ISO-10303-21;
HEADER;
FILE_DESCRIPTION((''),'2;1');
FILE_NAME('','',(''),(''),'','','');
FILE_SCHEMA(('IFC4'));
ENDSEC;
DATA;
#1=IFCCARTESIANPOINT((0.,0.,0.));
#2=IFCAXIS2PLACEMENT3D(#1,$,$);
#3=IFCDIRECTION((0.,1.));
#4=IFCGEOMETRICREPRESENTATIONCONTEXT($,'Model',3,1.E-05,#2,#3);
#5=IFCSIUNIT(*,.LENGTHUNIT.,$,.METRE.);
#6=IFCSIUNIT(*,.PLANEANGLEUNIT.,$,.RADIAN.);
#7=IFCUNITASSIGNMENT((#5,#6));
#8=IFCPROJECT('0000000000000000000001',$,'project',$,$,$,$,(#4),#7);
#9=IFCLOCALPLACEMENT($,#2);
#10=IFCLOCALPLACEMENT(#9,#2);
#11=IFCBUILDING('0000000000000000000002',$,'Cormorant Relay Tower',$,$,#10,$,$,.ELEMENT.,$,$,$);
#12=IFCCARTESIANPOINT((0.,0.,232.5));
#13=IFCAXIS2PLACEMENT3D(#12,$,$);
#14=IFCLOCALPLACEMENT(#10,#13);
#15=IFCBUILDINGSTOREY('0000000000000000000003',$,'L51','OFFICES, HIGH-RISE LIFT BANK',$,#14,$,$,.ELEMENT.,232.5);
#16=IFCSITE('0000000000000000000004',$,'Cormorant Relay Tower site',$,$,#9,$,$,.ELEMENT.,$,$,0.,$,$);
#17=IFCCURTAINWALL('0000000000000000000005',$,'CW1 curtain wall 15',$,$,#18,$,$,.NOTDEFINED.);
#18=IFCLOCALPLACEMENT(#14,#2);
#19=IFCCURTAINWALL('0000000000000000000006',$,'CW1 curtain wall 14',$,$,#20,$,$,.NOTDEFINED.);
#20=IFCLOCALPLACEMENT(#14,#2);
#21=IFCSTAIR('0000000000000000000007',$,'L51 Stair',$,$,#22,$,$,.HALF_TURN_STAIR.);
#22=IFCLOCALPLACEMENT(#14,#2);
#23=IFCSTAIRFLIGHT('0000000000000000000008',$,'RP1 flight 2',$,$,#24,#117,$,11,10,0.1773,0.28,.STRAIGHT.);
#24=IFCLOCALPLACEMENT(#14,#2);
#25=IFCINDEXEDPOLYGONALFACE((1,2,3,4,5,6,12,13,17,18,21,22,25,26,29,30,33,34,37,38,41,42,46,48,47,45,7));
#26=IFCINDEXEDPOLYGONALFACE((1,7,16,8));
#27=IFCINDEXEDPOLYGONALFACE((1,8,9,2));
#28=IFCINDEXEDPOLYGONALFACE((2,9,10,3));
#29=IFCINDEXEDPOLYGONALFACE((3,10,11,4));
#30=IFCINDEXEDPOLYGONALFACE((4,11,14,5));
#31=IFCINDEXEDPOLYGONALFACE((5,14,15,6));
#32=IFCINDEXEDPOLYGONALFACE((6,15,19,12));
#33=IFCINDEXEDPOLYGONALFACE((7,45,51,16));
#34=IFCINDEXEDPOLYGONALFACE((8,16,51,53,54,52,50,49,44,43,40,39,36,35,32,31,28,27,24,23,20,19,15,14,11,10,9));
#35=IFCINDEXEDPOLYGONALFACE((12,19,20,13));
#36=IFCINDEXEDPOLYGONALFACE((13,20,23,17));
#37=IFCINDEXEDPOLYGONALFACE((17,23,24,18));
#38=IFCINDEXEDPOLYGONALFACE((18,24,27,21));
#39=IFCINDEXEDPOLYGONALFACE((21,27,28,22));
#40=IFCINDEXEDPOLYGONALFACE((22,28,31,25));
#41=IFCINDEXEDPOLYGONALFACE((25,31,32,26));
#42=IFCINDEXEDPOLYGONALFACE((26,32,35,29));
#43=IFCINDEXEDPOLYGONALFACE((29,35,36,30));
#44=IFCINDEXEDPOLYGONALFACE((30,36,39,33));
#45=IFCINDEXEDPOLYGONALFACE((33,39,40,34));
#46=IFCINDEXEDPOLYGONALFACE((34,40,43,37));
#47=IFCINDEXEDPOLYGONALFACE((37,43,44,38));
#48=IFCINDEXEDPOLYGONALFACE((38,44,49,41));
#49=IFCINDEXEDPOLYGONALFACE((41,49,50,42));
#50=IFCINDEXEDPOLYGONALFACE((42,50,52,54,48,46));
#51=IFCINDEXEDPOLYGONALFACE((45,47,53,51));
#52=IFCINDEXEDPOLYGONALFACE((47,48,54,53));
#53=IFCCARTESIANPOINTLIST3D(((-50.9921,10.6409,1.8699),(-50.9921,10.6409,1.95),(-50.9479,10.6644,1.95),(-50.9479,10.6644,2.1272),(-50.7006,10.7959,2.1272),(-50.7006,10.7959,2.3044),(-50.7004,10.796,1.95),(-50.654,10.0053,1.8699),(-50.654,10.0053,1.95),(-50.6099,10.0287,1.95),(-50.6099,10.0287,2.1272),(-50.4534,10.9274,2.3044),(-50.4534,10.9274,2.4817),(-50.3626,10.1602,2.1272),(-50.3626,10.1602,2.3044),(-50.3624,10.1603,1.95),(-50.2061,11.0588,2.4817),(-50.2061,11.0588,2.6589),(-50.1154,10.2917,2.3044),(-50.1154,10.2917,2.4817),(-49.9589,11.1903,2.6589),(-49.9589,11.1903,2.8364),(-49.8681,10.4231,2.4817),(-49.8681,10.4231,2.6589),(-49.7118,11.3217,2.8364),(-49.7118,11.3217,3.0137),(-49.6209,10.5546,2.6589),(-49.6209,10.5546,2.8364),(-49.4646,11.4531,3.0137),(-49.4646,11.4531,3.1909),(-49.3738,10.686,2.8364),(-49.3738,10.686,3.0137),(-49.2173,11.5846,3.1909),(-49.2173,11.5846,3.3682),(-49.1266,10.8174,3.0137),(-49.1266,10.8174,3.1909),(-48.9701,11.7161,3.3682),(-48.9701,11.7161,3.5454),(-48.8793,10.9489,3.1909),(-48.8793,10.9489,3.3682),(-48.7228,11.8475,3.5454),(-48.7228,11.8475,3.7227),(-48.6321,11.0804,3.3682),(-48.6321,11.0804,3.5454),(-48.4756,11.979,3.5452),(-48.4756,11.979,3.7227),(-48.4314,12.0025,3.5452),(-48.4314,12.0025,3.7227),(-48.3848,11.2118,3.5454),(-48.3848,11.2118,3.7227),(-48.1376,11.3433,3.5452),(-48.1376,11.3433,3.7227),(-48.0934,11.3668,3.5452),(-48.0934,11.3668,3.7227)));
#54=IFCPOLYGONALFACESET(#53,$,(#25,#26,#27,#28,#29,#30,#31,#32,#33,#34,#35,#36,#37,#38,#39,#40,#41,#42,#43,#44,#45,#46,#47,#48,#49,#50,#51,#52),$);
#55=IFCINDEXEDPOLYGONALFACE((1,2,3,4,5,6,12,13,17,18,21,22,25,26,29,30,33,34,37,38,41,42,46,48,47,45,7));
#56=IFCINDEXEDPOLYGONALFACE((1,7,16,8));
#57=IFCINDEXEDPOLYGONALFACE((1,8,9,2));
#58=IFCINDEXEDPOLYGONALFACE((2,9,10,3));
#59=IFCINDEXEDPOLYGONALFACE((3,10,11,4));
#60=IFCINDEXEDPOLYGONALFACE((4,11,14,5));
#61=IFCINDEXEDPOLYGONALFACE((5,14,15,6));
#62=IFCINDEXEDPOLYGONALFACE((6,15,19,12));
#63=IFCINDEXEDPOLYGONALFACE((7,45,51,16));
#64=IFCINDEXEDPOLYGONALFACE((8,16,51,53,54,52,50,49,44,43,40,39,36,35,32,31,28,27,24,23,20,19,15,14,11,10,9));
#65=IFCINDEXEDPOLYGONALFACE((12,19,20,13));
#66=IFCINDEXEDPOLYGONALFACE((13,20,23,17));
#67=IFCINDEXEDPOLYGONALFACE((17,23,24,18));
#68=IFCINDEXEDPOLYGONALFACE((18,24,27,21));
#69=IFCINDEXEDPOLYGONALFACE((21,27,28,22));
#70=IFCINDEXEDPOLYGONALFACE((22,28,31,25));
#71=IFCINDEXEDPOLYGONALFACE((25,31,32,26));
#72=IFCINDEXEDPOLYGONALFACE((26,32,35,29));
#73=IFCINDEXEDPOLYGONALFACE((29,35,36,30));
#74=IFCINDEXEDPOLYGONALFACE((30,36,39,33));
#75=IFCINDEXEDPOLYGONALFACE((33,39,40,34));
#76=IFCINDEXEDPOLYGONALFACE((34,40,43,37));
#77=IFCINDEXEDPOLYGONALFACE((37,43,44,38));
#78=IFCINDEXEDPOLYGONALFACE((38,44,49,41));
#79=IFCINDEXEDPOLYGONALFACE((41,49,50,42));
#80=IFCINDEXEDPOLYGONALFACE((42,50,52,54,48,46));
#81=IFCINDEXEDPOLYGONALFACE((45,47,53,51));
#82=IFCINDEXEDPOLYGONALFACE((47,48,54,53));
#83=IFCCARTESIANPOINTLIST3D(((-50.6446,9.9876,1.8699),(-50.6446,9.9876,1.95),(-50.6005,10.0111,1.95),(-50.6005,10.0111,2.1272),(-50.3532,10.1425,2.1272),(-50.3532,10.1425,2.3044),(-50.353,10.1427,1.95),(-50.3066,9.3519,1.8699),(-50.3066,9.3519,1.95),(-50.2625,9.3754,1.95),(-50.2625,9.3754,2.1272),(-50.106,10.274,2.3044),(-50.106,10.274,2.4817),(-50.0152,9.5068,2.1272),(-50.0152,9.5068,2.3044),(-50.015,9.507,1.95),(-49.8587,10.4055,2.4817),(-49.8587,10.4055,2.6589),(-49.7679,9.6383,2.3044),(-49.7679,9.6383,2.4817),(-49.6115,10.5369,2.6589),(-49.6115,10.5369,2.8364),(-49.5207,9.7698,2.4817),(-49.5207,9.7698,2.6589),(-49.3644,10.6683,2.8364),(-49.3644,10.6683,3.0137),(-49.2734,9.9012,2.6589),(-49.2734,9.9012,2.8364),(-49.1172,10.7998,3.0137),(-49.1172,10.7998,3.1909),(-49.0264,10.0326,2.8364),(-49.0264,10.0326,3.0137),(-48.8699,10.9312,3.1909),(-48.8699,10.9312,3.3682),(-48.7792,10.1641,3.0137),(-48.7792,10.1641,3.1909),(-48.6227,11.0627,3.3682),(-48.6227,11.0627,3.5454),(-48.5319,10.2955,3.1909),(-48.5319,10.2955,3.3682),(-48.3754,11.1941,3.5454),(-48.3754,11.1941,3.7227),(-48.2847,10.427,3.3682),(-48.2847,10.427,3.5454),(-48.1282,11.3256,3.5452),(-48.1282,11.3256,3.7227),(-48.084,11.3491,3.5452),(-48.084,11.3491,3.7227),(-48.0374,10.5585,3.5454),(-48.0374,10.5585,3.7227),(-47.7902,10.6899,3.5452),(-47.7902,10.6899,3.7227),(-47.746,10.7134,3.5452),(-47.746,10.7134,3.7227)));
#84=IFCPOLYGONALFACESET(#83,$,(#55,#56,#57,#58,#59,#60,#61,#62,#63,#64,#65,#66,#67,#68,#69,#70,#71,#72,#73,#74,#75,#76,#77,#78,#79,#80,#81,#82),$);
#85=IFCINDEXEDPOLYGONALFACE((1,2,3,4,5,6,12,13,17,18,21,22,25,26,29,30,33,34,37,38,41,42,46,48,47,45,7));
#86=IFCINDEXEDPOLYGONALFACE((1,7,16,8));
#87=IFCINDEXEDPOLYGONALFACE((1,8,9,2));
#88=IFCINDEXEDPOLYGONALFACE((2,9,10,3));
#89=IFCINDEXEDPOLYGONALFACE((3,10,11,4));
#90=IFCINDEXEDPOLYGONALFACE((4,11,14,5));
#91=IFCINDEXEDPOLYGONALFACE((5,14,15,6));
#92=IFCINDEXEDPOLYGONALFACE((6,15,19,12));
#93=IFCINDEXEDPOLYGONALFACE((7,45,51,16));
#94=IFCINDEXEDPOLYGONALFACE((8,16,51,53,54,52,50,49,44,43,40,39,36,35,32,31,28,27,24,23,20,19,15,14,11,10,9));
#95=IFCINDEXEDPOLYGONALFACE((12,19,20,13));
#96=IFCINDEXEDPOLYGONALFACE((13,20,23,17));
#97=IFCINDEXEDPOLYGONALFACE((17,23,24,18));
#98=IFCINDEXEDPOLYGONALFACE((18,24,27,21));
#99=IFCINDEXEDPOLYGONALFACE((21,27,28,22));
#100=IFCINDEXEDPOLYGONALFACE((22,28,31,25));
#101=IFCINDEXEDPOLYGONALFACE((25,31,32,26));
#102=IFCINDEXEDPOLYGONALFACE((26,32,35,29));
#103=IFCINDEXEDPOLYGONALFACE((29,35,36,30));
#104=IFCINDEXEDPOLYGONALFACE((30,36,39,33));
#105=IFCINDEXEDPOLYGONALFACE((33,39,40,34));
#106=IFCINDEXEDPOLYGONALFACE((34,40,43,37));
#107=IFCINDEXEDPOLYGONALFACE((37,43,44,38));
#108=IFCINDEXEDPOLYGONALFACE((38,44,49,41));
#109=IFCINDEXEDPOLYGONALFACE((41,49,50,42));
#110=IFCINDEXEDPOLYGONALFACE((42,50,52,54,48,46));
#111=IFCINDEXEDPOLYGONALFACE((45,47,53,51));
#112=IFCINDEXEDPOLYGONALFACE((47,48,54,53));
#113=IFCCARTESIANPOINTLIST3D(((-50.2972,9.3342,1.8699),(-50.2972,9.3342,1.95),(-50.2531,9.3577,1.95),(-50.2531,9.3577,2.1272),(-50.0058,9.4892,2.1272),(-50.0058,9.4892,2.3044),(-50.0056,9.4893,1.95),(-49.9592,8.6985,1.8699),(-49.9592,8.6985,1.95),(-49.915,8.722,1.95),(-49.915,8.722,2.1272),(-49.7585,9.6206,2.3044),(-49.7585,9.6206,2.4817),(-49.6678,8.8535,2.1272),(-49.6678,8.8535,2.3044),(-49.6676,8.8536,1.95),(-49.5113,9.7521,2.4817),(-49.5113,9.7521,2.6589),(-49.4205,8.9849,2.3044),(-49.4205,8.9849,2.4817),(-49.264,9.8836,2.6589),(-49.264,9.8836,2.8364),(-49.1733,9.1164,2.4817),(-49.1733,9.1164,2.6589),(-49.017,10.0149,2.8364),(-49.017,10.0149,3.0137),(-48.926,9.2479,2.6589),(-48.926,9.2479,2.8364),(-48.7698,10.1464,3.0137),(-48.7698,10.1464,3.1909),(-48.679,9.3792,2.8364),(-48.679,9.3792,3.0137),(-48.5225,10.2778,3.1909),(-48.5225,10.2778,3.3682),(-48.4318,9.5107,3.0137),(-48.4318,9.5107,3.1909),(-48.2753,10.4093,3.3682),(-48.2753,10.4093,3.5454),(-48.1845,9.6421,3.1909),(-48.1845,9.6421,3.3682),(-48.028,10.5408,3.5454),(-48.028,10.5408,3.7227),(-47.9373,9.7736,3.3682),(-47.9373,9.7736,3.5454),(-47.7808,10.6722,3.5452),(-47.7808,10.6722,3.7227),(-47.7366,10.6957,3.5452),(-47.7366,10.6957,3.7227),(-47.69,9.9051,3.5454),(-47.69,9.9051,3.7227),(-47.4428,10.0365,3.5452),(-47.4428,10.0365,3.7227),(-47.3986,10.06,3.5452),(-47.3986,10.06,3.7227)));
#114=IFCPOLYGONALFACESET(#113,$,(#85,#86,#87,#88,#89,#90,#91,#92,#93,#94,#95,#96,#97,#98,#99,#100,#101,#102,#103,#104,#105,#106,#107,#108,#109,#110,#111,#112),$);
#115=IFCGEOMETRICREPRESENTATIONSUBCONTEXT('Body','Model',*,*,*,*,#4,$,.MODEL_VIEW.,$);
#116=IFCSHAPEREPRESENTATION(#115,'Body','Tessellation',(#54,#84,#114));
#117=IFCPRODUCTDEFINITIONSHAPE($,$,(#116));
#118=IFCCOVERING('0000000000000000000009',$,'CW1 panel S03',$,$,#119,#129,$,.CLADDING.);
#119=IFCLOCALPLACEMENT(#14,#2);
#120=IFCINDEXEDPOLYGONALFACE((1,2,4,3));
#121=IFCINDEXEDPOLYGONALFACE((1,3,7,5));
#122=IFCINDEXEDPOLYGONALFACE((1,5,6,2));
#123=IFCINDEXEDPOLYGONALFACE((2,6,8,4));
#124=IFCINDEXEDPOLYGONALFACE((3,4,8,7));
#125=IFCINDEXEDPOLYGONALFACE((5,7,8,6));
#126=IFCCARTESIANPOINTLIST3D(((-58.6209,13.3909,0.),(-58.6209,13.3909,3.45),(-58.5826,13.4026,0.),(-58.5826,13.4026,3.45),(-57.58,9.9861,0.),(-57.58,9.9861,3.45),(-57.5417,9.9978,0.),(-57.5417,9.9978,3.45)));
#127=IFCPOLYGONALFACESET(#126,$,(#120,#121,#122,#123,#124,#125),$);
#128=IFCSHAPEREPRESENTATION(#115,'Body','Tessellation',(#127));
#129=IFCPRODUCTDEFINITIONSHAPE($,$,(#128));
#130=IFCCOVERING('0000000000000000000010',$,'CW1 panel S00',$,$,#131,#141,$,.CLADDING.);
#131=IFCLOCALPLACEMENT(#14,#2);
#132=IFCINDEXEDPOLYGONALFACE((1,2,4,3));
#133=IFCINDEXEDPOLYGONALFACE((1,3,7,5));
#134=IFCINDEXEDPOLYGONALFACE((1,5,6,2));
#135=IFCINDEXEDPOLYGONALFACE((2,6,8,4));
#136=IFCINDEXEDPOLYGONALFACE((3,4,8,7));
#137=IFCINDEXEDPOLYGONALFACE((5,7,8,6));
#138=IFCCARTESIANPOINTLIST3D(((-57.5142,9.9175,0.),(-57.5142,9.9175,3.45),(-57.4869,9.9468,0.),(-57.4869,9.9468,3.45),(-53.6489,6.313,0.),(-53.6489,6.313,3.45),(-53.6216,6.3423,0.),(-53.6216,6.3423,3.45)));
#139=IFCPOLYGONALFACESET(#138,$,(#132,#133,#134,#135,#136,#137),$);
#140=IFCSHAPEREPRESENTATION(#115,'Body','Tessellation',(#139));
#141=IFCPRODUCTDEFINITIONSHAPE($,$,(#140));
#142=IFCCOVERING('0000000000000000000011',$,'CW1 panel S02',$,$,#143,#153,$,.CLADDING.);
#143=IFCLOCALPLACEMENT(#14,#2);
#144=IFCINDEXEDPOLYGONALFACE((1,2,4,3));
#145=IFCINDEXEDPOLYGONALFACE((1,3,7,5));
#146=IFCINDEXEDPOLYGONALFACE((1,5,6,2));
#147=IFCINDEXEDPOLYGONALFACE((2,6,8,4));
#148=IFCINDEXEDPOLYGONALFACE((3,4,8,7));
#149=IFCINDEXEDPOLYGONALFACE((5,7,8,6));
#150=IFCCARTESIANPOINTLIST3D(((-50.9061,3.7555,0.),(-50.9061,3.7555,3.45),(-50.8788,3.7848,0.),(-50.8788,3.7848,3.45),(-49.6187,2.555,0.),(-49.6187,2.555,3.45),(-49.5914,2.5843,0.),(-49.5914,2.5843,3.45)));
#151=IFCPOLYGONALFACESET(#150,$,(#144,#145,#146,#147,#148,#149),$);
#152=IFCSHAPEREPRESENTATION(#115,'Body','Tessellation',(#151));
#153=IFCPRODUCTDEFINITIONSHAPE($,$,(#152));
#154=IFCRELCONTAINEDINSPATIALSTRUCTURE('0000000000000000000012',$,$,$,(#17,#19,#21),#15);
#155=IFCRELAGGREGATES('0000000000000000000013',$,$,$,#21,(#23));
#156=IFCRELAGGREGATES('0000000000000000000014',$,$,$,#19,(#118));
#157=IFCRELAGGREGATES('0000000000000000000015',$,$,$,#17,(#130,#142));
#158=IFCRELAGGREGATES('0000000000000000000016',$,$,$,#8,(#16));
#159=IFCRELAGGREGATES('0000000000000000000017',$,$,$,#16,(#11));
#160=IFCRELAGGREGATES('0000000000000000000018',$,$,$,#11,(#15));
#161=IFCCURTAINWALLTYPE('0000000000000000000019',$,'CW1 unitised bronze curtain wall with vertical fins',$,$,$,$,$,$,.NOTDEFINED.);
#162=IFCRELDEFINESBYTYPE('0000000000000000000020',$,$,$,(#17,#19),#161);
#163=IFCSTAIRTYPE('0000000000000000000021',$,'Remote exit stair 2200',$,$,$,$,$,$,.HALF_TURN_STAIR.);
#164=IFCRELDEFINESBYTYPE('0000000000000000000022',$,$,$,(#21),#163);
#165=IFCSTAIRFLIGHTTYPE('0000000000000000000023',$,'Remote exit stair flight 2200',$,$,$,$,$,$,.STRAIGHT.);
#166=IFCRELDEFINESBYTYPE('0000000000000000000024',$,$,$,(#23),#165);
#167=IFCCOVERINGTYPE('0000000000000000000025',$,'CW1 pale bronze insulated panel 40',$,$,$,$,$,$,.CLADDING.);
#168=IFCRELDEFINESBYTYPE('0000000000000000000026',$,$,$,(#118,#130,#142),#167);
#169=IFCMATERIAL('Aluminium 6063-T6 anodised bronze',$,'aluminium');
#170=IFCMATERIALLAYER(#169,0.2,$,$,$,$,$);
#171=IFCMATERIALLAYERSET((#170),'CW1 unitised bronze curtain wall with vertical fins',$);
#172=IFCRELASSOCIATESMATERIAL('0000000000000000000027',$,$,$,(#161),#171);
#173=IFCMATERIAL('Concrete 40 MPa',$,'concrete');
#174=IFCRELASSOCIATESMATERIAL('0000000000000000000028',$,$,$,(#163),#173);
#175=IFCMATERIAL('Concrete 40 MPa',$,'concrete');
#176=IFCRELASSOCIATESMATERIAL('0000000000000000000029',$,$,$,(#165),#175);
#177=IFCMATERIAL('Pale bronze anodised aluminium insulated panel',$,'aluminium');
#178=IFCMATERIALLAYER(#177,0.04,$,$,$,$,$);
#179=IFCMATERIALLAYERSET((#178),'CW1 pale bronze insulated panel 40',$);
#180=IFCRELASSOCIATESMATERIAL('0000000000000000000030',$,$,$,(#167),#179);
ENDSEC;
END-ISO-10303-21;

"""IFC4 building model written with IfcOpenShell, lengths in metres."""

from ifc_helpers import new_model, si_unit, direction, frame, origin, origin_2d, place, context, subcontext, project, spatial, polyline, rectangle, outline, extrude, material, layer, layer_set, type_object, element, aggregate, save


model = new_model("IFC4")

# Units and contexts
model_context = context("Model", 3, precision=1e-05, world=origin(), true_north=direction((0.0, 1.0)))
body_context = subcontext(model_context, "Body", "Model", "MODEL_VIEW")
ifc_project = project(units=[si_unit("LENGTHUNIT", "METRE"), si_unit("PLANEANGLEUNIT", "RADIAN")], contexts=[model_context])

# Site, building, storey
site_placement = place(None, origin())
site = spatial("IfcSite", under=ifc_project, at=site_placement, Name="Cormorant Relay Tower site", CompositionType="ELEMENT", RefElevation=0.0)
building_placement = place(site_placement, origin())
building = spatial("IfcBuilding", under=site, at=building_placement, Name="Cormorant Relay Tower", CompositionType="ELEMENT")
storey_placement = place(building_placement, frame((0.0, 0.0, 232.5)))
storey = spatial("IfcBuildingStorey", under=building, at=storey_placement, Name="L51", Description="OFFICES, HIGH-RISE LIFT BANK", CompositionType="ELEMENT", Elevation=232.5)

# Curtain wall
ifc_material_1 = material(Name="Aluminium 6063-T6 anodised bronze", Category="aluminium")
ifc_layer_1 = layer(ifc_material_1, 0.2)
ifc_layer_set_1 = layer_set([ifc_layer_1], Name="CW1 unitised bronze curtain wall with vertical fins")
curtain_wall_type = type_object("IfcCurtainWallType", Name="CW1 unitised bronze curtain wall with vertical fins", PredefinedType="NOTDEFINED", material=ifc_layer_set_1)
curtain_wall_1_placement = place(storey_placement, origin())
curtain_wall_1 = element("IfcCurtainWall", 1, at=curtain_wall_1_placement, inside=storey, type_object=curtain_wall_type, Name="CW1 curtain wall 15", PredefinedType="NOTDEFINED")

# Curtain wall
curtain_wall_2_placement = place(storey_placement, origin())
curtain_wall_2 = element("IfcCurtainWall", 2, at=curtain_wall_2_placement, inside=storey, type_object=curtain_wall_type, Name="CW1 curtain wall 14", PredefinedType="NOTDEFINED")

# Stair, stair flight
ifc_material_2 = material(Name="Concrete 40 MPa", Category="concrete")
stair_type = type_object("IfcStairType", Name="Remote exit stair 2200", PredefinedType="HALF_TURN_STAIR", material=ifc_material_2)
stair_placement = place(storey_placement, origin())
stair = element("IfcStair", 3, at=stair_placement, inside=storey, type_object=stair_type, Name="L51 Stair", PredefinedType="HALF_TURN_STAIR")
ifc_material_3 = material(Name="Concrete 40 MPa", Category="concrete")
stair_flight_type = type_object("IfcStairFlightType", Name="Remote exit stair flight 2200", PredefinedType="STRAIGHT", material=ifc_material_3)
stair_flight_1_placement = place(storey_placement, frame((-50.4314, 9.6931, 1.95), z_axis=(0.0, 0.0, 1.0), x_axis=(0.882948, 0.469472, 0.0)))
stair_flight_1 = element("IfcStairFlight", 4, at=stair_flight_1_placement, type_object=stair_flight_type, Name="RP1 flight 2", NumberOfRisers=11, NumberOfTreads=10, PredefinedType="STRAIGHT", RiserHeight=0.1773, TreadLength=0.28, context=body_context, shape_type="SweptSolid", body=[
    extrude(outline(polyline([(-0.05, -0.0801), (-0.05, 0.0), (0.0, 0.0), (0.0, 0.1772), (0.28, 0.1772), (0.28, 0.3545), (0.5601, 0.3545), (0.5601, 0.5317), (0.8401, 0.5317), (0.8401, 0.709), (1.1201, 0.709), (1.1201, 0.8865), (1.3999, 0.8865), (1.3999, 1.0637), (1.6799, 1.0637), (1.6799, 1.241), (1.96, 1.241), (1.96, 1.4182), (2.24, 1.4182), (2.24, 1.5955), (2.52, 1.5955), (2.52, 1.7727), (2.8, 1.7727), (2.8501, 1.7727), (2.8501, 1.5952), (2.8, 1.5952), (0.2803, 0.0), (-0.05, -0.0801)])), frame((0.0, 1.1001, 0.0), z_axis=(0.0, -1.0, 0.0), x_axis=(1.0, 0.0, 0.0)), (0.0, 0.0, 1.0), 0.72),
    extrude(outline(polyline([(-0.05, -0.0801), (-0.05, 0.0), (0.0, 0.0), (0.0, 0.1772), (0.28, 0.1772), (0.28, 0.3545), (0.5601, 0.3545), (0.5601, 0.5317), (0.8401, 0.5317), (0.8401, 0.709), (1.1201, 0.709), (1.1201, 0.8865), (1.3999, 0.8865), (1.3999, 1.0637), (1.6799, 1.0637), (1.6799, 1.241), (1.96, 1.241), (1.96, 1.4182), (2.24, 1.4182), (2.24, 1.5955), (2.52, 1.5955), (2.52, 1.7727), (2.8, 1.7727), (2.8501, 1.7727), (2.8501, 1.5952), (2.8, 1.5952), (0.2803, 0.0), (-0.05, -0.0801)])), frame((0.0, 0.3601, 0.0), z_axis=(0.0, -1.0, 0.0), x_axis=(1.0, 0.0, 0.0)), (0.0, 0.0, 1.0), 0.72),
    extrude(outline(polyline([(-0.05, -0.0801), (-0.05, 0.0), (0.0, 0.0), (0.0, 0.1772), (0.28, 0.1772), (0.28, 0.3545), (0.5601, 0.3545), (0.5601, 0.5317), (0.8401, 0.5317), (0.8401, 0.709), (1.1201, 0.709), (1.1201, 0.8865), (1.3999, 0.8865), (1.3999, 1.0637), (1.6799, 1.0637), (1.6799, 1.241), (1.96, 1.241), (1.96, 1.4182), (2.24, 1.4182), (2.24, 1.5955), (2.52, 1.5955), (2.52, 1.7727), (2.8, 1.7727), (2.8501, 1.7727), (2.8501, 1.5952), (2.8, 1.5952), (0.2803, 0.0), (-0.05, -0.0801)])), frame((0.0, -0.3799, 0.0), z_axis=(0.0, -1.0, 0.0), x_axis=(1.0, 0.0, 0.0)), (0.0, 0.0, 1.0), 0.72),
])
aggregate(stair, [stair_flight_1])

# Coverings
ifc_material_4 = material(Name="Pale bronze anodised aluminium insulated panel", Category="aluminium")
ifc_layer_2 = layer(ifc_material_4, 0.04)
ifc_layer_set_2 = layer_set([ifc_layer_2], Name="CW1 pale bronze insulated panel 40")
covering_type = type_object("IfcCoveringType", Name="CW1 pale bronze insulated panel 40", PredefinedType="CLADDING", material=ifc_layer_set_2)
covering_1_placement = place(storey_placement, frame((-58.0813, 11.6943, 0.0), z_axis=(0.0, 0.0, 1.0), x_axis=(0.292372, -0.956305, 0.0)))
covering_1 = element("IfcCovering", 5, at=covering_1_placement, type_object=covering_type, Name="CW1 panel S03", PredefinedType="CLADDING", context=body_context, shape_type="SweptSolid", body=[
    extrude(rectangle(XDim=3.5603, YDim=0.04, at=origin_2d()), origin(), (0.0, 0.0, 1.0), 3.45),
])
aggregate(curtain_wall_2, [covering_1])
covering_2_placement = place(storey_placement, frame((-55.5679, 8.1299, 0.0), z_axis=(0.0, 0.0, 1.0), x_axis=(0.731354, -0.681998, 0.0)))
covering_2 = element("IfcCovering", 6, at=covering_2_placement, type_object=covering_type, Name="CW1 panel S00", PredefinedType="CLADDING", context=body_context, shape_type="SweptSolid", body=[
    extrude(rectangle(XDim=5.2852, YDim=0.04, at=origin_2d()), origin(), (0.0, 0.0, 1.0), 3.45),
])
covering_3_placement = place(storey_placement, frame((-50.2488, 3.1699, 0.0), z_axis=(0.0, 0.0, 1.0), x_axis=(0.731354, -0.681998, 0.0)))
covering_3 = element("IfcCovering", 7, at=covering_3_placement, type_object=covering_type, Name="CW1 panel S02", PredefinedType="CLADDING", context=body_context, shape_type="SweptSolid", body=[
    extrude(rectangle(XDim=1.7603, YDim=0.04, at=origin_2d()), origin(), (0.0, 0.0, 1.0), 3.45),
])
aggregate(curtain_wall_1, [covering_2, covering_3])

save(model, "model.ifc")
